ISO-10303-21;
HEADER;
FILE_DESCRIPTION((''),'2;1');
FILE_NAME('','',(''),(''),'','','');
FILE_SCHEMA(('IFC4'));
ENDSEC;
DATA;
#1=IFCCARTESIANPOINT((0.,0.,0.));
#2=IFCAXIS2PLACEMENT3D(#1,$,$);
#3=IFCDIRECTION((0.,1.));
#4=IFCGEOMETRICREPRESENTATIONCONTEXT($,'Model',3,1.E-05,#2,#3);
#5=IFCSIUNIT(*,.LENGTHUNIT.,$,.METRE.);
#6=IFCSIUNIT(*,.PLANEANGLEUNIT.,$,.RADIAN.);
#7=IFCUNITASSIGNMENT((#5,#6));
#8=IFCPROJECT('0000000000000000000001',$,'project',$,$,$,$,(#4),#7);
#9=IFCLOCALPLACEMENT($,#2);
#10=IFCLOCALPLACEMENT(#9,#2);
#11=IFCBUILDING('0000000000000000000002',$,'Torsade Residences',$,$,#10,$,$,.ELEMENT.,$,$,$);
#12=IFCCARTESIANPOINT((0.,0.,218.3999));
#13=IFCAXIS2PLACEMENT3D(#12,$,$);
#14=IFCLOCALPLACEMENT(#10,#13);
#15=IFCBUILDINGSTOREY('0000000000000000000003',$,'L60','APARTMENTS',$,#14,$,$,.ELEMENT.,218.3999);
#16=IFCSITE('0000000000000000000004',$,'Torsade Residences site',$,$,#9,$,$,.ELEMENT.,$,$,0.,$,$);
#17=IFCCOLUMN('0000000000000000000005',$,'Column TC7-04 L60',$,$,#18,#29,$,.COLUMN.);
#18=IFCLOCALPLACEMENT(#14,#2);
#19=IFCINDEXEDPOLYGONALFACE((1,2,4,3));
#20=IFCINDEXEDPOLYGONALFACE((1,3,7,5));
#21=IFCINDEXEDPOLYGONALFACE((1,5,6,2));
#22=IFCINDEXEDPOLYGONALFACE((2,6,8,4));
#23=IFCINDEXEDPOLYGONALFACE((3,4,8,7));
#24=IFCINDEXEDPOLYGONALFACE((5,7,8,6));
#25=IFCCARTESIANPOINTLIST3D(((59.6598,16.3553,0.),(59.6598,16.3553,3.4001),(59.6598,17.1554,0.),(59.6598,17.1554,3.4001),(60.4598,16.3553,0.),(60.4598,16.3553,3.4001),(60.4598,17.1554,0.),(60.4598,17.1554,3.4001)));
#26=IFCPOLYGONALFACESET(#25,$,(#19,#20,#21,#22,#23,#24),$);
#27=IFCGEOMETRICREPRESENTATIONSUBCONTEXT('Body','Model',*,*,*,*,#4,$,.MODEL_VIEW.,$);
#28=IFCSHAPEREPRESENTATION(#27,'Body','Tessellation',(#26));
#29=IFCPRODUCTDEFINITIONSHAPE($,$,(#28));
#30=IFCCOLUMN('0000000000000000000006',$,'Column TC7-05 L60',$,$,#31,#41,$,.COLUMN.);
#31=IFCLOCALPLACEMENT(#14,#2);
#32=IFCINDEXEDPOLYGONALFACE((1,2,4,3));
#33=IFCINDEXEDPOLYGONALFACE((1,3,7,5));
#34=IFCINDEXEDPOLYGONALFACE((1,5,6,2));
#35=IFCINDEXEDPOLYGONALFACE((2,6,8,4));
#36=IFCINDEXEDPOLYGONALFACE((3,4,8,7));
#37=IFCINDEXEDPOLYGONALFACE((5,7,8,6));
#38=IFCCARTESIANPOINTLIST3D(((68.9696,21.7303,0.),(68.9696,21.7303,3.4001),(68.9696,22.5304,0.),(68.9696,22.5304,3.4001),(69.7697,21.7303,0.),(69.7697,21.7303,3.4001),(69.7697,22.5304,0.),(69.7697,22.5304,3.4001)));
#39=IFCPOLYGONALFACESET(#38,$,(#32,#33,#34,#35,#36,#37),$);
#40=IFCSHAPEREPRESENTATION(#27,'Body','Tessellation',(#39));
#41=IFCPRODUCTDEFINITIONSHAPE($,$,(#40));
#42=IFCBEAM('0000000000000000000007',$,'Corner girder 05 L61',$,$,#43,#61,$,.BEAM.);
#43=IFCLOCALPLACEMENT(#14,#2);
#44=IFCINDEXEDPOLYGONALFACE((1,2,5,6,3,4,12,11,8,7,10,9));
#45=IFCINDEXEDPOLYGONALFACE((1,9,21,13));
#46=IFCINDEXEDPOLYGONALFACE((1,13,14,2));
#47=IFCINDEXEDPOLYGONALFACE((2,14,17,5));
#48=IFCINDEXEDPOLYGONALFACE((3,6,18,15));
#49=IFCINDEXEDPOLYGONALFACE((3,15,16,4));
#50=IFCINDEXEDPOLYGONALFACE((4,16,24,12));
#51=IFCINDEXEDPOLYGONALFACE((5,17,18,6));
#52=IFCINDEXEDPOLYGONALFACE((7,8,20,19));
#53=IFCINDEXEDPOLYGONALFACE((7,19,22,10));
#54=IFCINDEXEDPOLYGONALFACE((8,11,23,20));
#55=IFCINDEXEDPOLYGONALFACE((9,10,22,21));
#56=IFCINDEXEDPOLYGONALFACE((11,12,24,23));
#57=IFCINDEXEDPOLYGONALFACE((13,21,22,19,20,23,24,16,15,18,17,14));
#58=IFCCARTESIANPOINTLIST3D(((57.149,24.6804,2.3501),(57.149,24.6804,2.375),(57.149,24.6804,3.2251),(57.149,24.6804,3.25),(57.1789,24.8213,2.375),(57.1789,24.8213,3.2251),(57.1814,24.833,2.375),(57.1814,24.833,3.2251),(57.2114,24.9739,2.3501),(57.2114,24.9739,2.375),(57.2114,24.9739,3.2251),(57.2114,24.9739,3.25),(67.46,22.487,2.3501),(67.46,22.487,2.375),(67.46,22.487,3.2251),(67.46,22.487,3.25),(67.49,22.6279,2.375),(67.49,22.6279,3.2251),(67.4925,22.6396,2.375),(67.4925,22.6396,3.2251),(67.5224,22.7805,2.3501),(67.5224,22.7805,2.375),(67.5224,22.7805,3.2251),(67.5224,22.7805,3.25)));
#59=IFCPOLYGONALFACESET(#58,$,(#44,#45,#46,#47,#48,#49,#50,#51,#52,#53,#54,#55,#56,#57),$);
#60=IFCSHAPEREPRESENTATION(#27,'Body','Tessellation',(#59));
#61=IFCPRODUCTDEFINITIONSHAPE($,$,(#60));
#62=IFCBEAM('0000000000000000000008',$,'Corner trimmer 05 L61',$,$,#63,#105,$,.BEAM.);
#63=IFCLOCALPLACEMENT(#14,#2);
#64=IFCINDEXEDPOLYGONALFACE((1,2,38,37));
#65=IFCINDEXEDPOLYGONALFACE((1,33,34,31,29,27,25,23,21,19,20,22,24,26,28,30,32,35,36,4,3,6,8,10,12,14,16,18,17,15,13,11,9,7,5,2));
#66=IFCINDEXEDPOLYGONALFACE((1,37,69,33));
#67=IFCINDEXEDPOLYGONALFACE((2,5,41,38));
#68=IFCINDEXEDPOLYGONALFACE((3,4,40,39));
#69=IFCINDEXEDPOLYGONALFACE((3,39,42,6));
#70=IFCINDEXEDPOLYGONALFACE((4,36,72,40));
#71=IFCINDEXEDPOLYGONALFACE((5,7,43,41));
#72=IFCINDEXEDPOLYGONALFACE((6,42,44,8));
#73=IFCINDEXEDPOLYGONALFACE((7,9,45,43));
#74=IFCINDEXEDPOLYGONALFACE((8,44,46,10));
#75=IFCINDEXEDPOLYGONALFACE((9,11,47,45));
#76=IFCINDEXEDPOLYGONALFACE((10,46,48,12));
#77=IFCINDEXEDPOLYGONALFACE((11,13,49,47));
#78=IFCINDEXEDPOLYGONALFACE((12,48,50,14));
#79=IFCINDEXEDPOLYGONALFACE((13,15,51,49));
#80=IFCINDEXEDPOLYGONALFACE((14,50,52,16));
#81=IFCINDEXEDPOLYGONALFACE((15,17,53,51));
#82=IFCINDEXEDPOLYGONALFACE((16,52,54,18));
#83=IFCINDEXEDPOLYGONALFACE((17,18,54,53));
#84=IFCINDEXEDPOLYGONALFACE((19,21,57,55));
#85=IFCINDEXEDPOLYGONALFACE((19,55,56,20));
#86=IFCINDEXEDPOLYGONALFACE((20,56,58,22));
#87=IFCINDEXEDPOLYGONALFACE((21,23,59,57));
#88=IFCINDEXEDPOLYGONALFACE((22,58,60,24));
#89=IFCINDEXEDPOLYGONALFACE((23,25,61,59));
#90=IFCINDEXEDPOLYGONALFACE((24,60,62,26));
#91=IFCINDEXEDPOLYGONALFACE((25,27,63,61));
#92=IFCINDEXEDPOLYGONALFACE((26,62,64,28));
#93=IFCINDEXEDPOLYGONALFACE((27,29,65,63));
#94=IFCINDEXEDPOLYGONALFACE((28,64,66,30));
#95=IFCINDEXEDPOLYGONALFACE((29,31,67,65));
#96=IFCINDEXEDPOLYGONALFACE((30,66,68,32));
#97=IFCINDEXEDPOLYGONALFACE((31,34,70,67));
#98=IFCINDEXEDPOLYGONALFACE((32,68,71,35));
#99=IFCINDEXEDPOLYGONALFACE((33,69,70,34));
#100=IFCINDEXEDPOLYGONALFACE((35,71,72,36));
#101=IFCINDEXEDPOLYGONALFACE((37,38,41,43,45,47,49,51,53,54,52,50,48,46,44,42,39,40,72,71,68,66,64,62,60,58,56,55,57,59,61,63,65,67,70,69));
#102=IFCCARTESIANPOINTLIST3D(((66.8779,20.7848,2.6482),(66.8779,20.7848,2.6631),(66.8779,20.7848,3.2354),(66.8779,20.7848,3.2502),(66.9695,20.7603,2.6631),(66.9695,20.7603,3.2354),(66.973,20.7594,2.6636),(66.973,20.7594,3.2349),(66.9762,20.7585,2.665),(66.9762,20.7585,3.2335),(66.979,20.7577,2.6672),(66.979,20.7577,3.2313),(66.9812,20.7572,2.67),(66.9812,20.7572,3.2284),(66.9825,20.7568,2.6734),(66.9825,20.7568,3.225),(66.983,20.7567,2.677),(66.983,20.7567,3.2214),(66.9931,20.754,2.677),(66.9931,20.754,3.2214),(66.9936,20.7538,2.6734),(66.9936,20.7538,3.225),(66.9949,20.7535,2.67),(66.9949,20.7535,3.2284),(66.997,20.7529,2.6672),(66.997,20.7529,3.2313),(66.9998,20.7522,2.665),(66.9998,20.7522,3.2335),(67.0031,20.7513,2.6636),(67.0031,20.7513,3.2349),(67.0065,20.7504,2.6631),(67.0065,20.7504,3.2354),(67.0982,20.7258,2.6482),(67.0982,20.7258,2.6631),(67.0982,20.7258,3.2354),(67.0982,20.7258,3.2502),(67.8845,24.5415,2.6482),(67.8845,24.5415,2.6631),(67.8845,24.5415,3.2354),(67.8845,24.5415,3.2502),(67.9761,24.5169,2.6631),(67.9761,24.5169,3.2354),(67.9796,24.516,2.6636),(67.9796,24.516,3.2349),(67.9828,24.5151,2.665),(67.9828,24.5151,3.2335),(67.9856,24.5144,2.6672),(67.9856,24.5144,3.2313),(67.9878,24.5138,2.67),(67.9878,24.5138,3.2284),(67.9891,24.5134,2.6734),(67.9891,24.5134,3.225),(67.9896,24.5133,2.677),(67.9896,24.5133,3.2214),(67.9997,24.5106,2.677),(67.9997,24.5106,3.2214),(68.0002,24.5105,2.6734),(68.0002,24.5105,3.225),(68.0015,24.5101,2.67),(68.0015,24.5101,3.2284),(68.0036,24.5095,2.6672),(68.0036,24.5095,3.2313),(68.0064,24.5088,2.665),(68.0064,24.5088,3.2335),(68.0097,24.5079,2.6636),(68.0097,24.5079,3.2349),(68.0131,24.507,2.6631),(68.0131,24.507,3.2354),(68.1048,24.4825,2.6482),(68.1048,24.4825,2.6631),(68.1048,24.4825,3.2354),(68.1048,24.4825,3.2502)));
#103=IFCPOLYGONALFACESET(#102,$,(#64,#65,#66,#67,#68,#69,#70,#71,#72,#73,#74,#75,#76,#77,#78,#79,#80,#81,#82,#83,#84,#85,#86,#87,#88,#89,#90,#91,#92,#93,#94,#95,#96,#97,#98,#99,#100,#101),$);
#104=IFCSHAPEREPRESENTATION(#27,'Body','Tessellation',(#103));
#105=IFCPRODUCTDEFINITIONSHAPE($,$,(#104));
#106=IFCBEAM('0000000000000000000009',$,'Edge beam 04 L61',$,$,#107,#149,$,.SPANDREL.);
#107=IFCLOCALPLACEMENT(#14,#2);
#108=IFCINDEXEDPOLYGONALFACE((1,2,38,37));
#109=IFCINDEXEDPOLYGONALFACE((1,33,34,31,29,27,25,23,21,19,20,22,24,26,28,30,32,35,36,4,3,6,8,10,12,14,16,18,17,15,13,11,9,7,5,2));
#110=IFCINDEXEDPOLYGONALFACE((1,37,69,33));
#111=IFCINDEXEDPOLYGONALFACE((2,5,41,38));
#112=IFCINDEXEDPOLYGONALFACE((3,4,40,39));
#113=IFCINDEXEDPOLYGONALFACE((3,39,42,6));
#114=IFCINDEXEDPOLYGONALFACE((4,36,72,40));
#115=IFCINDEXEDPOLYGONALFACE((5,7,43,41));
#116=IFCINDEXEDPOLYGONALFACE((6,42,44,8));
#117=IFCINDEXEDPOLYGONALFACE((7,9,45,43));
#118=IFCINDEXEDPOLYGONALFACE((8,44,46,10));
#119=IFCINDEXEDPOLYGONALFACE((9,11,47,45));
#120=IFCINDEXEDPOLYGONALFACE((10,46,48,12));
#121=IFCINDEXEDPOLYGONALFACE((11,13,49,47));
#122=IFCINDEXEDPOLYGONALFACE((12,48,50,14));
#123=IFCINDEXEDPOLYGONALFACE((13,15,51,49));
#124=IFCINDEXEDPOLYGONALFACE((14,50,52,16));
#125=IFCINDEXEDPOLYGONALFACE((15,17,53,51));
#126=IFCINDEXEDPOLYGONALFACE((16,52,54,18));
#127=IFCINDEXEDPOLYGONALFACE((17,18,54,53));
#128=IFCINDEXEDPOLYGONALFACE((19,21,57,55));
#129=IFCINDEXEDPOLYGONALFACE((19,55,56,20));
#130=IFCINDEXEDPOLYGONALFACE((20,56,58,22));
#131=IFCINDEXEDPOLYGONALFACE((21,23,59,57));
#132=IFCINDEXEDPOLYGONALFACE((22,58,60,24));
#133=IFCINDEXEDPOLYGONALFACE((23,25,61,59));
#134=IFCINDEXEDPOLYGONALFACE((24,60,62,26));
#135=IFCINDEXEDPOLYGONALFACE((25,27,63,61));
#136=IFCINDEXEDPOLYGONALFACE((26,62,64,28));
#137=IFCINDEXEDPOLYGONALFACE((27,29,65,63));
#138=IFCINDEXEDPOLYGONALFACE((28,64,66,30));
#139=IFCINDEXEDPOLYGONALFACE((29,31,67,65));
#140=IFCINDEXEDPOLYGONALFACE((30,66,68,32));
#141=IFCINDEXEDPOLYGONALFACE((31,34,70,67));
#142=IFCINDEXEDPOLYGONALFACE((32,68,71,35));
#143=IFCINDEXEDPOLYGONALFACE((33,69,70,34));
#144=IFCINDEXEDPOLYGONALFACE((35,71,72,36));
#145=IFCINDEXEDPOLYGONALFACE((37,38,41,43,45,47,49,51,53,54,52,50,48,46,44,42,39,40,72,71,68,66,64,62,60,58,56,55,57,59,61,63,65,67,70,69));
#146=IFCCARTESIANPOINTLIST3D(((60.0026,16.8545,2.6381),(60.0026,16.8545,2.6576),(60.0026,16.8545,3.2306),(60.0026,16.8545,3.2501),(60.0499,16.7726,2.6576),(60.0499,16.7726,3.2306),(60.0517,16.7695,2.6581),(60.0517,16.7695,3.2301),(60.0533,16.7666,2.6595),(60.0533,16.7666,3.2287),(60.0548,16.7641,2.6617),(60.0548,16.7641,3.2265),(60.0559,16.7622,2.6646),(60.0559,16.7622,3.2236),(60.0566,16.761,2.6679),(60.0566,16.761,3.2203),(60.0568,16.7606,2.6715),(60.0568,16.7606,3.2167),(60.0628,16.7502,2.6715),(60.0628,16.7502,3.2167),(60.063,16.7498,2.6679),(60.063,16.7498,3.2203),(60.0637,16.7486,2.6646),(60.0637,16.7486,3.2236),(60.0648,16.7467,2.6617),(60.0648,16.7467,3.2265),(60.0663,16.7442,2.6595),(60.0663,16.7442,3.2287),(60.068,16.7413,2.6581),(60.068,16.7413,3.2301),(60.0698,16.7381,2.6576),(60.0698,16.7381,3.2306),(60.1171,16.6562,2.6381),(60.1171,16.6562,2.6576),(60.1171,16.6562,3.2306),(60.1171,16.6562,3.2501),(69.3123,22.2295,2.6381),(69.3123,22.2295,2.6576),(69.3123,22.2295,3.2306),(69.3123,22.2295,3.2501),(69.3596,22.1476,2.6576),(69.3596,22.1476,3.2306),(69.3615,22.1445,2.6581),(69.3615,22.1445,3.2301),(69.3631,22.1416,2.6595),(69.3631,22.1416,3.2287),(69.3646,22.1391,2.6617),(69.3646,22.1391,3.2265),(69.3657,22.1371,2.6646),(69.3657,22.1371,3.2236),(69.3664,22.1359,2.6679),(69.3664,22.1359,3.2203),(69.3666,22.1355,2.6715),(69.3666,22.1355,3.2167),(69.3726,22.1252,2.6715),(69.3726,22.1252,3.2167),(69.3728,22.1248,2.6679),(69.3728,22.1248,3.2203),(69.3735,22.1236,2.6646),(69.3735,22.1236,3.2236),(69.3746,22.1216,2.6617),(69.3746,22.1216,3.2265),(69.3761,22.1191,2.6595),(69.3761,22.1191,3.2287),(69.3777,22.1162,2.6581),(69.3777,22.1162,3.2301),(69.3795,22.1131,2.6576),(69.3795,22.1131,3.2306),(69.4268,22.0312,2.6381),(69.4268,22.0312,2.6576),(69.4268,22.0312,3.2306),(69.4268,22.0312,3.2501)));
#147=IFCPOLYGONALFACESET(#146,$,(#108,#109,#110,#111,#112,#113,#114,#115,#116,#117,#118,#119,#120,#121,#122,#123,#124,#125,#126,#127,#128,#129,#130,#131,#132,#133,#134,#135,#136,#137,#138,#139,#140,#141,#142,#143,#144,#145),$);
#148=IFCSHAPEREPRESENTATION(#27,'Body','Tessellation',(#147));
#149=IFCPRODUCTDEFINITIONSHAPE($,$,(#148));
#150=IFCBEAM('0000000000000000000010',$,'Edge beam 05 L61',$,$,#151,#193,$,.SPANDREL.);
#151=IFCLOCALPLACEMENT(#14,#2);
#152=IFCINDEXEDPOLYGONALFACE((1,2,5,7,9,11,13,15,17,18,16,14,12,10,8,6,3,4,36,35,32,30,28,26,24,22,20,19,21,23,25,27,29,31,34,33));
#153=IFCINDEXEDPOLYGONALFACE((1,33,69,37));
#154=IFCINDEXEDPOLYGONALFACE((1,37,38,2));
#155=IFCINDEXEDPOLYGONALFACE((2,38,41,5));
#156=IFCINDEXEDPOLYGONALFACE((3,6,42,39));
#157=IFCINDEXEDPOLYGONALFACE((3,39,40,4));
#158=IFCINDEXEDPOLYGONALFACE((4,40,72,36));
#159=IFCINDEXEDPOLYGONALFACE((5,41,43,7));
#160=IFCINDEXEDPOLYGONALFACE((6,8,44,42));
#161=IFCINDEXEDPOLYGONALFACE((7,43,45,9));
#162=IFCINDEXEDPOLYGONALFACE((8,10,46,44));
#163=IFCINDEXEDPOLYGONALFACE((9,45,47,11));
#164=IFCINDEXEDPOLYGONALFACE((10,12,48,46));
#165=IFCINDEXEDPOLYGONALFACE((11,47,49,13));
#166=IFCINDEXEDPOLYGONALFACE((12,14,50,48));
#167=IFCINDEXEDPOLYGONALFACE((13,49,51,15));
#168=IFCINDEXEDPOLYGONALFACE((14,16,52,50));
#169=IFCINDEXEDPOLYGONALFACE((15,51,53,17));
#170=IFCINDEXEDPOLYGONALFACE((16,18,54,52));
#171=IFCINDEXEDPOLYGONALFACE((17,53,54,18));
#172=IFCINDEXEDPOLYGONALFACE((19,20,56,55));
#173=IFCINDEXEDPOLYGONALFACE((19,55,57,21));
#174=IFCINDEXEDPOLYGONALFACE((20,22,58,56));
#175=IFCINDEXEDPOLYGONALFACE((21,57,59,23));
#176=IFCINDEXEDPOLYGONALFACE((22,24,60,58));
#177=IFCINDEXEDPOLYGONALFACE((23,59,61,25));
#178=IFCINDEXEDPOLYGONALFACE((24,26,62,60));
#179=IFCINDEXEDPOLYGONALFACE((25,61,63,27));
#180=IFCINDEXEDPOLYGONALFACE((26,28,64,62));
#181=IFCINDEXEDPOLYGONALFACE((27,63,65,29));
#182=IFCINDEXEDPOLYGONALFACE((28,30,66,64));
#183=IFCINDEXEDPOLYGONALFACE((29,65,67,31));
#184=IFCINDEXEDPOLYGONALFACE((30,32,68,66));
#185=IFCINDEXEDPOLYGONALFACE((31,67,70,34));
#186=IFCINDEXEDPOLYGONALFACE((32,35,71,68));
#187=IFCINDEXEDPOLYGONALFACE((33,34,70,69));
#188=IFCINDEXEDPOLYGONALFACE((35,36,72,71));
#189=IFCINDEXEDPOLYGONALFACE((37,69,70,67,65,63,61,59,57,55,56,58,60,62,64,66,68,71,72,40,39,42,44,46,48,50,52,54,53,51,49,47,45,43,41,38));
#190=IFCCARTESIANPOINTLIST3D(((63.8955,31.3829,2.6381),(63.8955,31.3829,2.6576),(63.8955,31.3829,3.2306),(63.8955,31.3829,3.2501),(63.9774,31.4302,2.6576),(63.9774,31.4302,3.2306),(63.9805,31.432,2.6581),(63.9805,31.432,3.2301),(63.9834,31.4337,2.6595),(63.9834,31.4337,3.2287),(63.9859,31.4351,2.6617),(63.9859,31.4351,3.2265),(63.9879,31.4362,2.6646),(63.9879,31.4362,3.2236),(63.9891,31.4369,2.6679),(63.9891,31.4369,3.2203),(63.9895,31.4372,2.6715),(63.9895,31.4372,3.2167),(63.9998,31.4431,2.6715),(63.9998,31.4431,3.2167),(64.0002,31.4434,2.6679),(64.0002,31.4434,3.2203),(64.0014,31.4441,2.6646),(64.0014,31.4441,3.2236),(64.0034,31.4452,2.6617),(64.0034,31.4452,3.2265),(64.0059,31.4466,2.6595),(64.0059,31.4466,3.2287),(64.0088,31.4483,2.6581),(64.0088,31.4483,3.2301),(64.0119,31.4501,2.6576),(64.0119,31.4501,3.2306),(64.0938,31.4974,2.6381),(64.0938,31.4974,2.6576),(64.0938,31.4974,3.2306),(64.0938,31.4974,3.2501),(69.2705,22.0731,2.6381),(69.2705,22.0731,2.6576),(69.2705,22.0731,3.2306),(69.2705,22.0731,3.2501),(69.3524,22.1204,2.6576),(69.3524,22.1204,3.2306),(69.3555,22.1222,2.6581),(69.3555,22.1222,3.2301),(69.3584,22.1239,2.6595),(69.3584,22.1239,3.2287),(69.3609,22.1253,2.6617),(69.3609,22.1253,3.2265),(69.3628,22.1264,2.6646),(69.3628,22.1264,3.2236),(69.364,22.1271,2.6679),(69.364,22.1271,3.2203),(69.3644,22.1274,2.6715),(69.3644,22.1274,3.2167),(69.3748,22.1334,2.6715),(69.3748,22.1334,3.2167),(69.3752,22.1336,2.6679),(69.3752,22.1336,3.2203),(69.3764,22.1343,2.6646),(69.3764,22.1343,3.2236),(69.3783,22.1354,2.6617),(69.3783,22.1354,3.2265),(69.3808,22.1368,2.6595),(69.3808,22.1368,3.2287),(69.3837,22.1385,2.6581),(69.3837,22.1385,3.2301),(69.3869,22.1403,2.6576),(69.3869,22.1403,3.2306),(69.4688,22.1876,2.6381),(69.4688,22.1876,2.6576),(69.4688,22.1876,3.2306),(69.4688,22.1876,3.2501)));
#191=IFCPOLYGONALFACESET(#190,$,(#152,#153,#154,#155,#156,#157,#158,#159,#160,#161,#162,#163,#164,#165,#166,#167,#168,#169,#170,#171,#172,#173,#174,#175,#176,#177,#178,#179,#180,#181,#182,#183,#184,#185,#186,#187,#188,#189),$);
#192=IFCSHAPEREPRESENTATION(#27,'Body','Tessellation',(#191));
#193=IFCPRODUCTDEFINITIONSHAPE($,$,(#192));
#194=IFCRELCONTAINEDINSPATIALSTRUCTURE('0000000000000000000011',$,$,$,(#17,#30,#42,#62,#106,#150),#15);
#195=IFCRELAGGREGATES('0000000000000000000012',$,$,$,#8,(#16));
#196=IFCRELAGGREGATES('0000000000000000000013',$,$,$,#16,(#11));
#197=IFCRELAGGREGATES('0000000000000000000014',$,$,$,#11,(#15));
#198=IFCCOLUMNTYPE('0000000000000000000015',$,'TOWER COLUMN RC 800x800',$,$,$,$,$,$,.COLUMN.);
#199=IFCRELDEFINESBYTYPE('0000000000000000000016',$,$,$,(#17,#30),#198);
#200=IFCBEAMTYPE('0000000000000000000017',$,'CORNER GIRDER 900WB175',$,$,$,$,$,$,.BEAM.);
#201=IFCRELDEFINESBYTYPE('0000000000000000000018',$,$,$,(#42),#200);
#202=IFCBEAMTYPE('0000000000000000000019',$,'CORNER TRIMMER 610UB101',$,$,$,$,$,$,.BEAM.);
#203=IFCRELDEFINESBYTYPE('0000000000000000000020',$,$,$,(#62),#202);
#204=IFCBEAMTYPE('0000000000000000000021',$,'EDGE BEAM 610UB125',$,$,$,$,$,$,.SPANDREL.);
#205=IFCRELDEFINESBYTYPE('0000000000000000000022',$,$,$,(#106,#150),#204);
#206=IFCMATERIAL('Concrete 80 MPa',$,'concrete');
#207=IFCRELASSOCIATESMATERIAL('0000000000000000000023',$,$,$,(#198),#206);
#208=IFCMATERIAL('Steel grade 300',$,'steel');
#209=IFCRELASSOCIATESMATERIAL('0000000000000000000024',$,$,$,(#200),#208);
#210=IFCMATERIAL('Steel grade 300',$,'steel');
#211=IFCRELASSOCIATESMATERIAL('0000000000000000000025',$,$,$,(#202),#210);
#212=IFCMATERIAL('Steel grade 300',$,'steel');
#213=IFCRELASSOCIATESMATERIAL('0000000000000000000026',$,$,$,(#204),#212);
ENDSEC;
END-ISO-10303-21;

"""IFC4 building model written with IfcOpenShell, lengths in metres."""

from ifc_helpers import new_model, si_unit, direction, frame, origin, origin_2d, place, context, subcontext, project, spatial, rectangle, i_section, extrude, material, material_profile, profile_set, type_object, element, save


model = new_model("IFC4")

# Units and contexts
model_context = context("Model", 3, precision=1e-05, world=origin(), true_north=direction((0.0, 1.0)))
body_context = subcontext(model_context, "Body", "Model", "MODEL_VIEW")
ifc_project = project(units=[si_unit("LENGTHUNIT", "METRE"), si_unit("PLANEANGLEUNIT", "RADIAN")], contexts=[model_context])

# Site, building, storey
site_placement = place(None, origin())
site = spatial("IfcSite", under=ifc_project, at=site_placement, Name="Torsade Residences site", CompositionType="ELEMENT", RefElevation=0.0)
building_placement = place(site_placement, origin())
building = spatial("IfcBuilding", under=site, at=building_placement, Name="Torsade Residences", CompositionType="ELEMENT")
storey_placement = place(building_placement, frame((0.0, 0.0, 218.3999)))
storey = spatial("IfcBuildingStorey", under=building, at=storey_placement, Name="L60", Description="APARTMENTS", CompositionType="ELEMENT", Elevation=218.3999)

# Columns
ifc_material_1 = material(Name="Concrete 80 MPa", Category="concrete")
ifc_material_profile_1 = material_profile(ifc_material_1, rectangle(XDim=0.8, YDim=0.8, at=origin_2d()), Name="RC 800x800")
ifc_profile_set_1 = profile_set([ifc_material_profile_1], Name="Concrete 80 MPa")
column_type = type_object("IfcColumnType", Name="TOWER COLUMN RC 800x800", PredefinedType="COLUMN", material=ifc_profile_set_1)
for number, where, z_axis, x_axis, name in (
    (1, (60.0598, 16.7554, 0.0), (0.0, 0.0, 1.0), (1.0, 0.0, 0.0), "Column TC7-04 L60"),
    (2, (69.3696, 22.1304, 0.0), (0.0, 0.0, 1.0), (1.0, 0.0, 0.0), "Column TC7-05 L60"),
):
    element("IfcColumn", number, at=place(storey_placement, frame(where, z_axis=z_axis, x_axis=x_axis)), inside=storey, type_object=column_type, Name=name, PredefinedType="COLUMN", context=body_context, shape_type="SweptSolid", body=[
        extrude(rectangle(XDim=0.8, YDim=0.8, at=origin_2d()), origin(), (0.0, 0.0, 1.0), 3.4001),
    ])

# Beams
ifc_material_2 = material(Name="Steel grade 300", Category="steel")
ifc_material_profile_2 = material_profile(ifc_material_2, i_section(OverallWidth=0.3, OverallDepth=0.8999, WebThickness=0.012, FlangeThickness=0.0249, at=origin_2d()), Name="900WB175")
ifc_profile_set_2 = profile_set([ifc_material_profile_2], Name="Steel grade 300")
beam_type_1 = type_object("IfcBeamType", Name="CORNER GIRDER 900WB175", PredefinedType="BEAM", material=ifc_profile_set_2)
beam_1_placement = place(storey_placement, frame((67.4912, 22.6338, 2.8), z_axis=(-0.978115, 0.208064, 0.0), x_axis=(-0.208064, -0.978115, 0.0)))
element("IfcBeam", 3, at=beam_1_placement, inside=storey, type_object=beam_type_1, Name="Corner girder 05 L61", PredefinedType="BEAM", context=body_context, shape_type="SweptSolid", body=[
    extrude(i_section(OverallWidth=0.3, OverallDepth=0.8999, WebThickness=0.012, FlangeThickness=0.0249, at=origin_2d()), origin(), (0.0, 0.0, 1.0), 10.5417),
])
ifc_material_3 = material(Name="Steel grade 300", Category="steel")
ifc_material_profile_3 = material_profile(ifc_material_3, i_section(OverallWidth=0.228, OverallDepth=0.6021, WebThickness=0.0105, FlangeThickness=0.0149, FilletRadius=0.0139, at=origin_2d()), Name="610UB101")
ifc_profile_set_3 = profile_set([ifc_material_profile_3], Name="Steel grade 300")
beam_type_2 = type_object("IfcBeamType", Name="CORNER TRIMMER 610UB101", PredefinedType="BEAM", material=ifc_profile_set_3)
beam_2_placement = place(storey_placement, frame((67.9946, 24.512, 2.9492), z_axis=(-0.258823, -0.965925, 0.0), x_axis=(0.965925, -0.258823, 0.0)))
element("IfcBeam", 4, at=beam_2_placement, inside=storey, type_object=beam_type_2, Name="Corner trimmer 05 L61", PredefinedType="BEAM", context=body_context, shape_type="SweptSolid", body=[
    extrude(i_section(OverallWidth=0.228, OverallDepth=0.6021, WebThickness=0.0105, FlangeThickness=0.0149, FilletRadius=0.0139, at=origin_2d()), origin(), (0.0, 0.0, 1.0), 3.8892),
])
ifc_material_4 = material(Name="Steel grade 300", Category="steel")
ifc_material_profile_4 = material_profile(ifc_material_4, i_section(OverallWidth=0.229, OverallDepth=0.6121, WebThickness=0.012, FlangeThickness=0.0195, FilletRadius=0.0139, at=origin_2d()), Name="610UB125")
ifc_profile_set_4 = profile_set([ifc_material_profile_4], Name="Steel grade 300")
beam_type_3 = type_object("IfcBeamType", Name="EDGE BEAM 610UB125", PredefinedType="SPANDREL", material=ifc_profile_set_4)
for number, where, z_axis, x_axis, name in (
    (5, (60.0598, 16.7554, 2.9441), (0.866026, 0.499998, 0.0), (-0.499998, 0.866026, 0.0), "Edge beam 04 L61"),
    (6, (69.3696, 22.1304, 2.9441), (-0.499998, 0.866026, 0.0), (-0.866026, -0.499998, 0.0), "Edge beam 05 L61"),
):
    element("IfcBeam", number, at=place(storey_placement, frame(where, z_axis=z_axis, x_axis=x_axis)), inside=storey, type_object=beam_type_3, Name=name, PredefinedType="SPANDREL", context=body_context, shape_type="SweptSolid", body=[
        extrude(i_section(OverallWidth=0.229, OverallDepth=0.6121, WebThickness=0.012, FlangeThickness=0.0195, FilletRadius=0.0139, at=origin_2d()), origin(), (0.0, 0.0, 1.0), 10.75),
    ])

save(model, "model.ifc")
